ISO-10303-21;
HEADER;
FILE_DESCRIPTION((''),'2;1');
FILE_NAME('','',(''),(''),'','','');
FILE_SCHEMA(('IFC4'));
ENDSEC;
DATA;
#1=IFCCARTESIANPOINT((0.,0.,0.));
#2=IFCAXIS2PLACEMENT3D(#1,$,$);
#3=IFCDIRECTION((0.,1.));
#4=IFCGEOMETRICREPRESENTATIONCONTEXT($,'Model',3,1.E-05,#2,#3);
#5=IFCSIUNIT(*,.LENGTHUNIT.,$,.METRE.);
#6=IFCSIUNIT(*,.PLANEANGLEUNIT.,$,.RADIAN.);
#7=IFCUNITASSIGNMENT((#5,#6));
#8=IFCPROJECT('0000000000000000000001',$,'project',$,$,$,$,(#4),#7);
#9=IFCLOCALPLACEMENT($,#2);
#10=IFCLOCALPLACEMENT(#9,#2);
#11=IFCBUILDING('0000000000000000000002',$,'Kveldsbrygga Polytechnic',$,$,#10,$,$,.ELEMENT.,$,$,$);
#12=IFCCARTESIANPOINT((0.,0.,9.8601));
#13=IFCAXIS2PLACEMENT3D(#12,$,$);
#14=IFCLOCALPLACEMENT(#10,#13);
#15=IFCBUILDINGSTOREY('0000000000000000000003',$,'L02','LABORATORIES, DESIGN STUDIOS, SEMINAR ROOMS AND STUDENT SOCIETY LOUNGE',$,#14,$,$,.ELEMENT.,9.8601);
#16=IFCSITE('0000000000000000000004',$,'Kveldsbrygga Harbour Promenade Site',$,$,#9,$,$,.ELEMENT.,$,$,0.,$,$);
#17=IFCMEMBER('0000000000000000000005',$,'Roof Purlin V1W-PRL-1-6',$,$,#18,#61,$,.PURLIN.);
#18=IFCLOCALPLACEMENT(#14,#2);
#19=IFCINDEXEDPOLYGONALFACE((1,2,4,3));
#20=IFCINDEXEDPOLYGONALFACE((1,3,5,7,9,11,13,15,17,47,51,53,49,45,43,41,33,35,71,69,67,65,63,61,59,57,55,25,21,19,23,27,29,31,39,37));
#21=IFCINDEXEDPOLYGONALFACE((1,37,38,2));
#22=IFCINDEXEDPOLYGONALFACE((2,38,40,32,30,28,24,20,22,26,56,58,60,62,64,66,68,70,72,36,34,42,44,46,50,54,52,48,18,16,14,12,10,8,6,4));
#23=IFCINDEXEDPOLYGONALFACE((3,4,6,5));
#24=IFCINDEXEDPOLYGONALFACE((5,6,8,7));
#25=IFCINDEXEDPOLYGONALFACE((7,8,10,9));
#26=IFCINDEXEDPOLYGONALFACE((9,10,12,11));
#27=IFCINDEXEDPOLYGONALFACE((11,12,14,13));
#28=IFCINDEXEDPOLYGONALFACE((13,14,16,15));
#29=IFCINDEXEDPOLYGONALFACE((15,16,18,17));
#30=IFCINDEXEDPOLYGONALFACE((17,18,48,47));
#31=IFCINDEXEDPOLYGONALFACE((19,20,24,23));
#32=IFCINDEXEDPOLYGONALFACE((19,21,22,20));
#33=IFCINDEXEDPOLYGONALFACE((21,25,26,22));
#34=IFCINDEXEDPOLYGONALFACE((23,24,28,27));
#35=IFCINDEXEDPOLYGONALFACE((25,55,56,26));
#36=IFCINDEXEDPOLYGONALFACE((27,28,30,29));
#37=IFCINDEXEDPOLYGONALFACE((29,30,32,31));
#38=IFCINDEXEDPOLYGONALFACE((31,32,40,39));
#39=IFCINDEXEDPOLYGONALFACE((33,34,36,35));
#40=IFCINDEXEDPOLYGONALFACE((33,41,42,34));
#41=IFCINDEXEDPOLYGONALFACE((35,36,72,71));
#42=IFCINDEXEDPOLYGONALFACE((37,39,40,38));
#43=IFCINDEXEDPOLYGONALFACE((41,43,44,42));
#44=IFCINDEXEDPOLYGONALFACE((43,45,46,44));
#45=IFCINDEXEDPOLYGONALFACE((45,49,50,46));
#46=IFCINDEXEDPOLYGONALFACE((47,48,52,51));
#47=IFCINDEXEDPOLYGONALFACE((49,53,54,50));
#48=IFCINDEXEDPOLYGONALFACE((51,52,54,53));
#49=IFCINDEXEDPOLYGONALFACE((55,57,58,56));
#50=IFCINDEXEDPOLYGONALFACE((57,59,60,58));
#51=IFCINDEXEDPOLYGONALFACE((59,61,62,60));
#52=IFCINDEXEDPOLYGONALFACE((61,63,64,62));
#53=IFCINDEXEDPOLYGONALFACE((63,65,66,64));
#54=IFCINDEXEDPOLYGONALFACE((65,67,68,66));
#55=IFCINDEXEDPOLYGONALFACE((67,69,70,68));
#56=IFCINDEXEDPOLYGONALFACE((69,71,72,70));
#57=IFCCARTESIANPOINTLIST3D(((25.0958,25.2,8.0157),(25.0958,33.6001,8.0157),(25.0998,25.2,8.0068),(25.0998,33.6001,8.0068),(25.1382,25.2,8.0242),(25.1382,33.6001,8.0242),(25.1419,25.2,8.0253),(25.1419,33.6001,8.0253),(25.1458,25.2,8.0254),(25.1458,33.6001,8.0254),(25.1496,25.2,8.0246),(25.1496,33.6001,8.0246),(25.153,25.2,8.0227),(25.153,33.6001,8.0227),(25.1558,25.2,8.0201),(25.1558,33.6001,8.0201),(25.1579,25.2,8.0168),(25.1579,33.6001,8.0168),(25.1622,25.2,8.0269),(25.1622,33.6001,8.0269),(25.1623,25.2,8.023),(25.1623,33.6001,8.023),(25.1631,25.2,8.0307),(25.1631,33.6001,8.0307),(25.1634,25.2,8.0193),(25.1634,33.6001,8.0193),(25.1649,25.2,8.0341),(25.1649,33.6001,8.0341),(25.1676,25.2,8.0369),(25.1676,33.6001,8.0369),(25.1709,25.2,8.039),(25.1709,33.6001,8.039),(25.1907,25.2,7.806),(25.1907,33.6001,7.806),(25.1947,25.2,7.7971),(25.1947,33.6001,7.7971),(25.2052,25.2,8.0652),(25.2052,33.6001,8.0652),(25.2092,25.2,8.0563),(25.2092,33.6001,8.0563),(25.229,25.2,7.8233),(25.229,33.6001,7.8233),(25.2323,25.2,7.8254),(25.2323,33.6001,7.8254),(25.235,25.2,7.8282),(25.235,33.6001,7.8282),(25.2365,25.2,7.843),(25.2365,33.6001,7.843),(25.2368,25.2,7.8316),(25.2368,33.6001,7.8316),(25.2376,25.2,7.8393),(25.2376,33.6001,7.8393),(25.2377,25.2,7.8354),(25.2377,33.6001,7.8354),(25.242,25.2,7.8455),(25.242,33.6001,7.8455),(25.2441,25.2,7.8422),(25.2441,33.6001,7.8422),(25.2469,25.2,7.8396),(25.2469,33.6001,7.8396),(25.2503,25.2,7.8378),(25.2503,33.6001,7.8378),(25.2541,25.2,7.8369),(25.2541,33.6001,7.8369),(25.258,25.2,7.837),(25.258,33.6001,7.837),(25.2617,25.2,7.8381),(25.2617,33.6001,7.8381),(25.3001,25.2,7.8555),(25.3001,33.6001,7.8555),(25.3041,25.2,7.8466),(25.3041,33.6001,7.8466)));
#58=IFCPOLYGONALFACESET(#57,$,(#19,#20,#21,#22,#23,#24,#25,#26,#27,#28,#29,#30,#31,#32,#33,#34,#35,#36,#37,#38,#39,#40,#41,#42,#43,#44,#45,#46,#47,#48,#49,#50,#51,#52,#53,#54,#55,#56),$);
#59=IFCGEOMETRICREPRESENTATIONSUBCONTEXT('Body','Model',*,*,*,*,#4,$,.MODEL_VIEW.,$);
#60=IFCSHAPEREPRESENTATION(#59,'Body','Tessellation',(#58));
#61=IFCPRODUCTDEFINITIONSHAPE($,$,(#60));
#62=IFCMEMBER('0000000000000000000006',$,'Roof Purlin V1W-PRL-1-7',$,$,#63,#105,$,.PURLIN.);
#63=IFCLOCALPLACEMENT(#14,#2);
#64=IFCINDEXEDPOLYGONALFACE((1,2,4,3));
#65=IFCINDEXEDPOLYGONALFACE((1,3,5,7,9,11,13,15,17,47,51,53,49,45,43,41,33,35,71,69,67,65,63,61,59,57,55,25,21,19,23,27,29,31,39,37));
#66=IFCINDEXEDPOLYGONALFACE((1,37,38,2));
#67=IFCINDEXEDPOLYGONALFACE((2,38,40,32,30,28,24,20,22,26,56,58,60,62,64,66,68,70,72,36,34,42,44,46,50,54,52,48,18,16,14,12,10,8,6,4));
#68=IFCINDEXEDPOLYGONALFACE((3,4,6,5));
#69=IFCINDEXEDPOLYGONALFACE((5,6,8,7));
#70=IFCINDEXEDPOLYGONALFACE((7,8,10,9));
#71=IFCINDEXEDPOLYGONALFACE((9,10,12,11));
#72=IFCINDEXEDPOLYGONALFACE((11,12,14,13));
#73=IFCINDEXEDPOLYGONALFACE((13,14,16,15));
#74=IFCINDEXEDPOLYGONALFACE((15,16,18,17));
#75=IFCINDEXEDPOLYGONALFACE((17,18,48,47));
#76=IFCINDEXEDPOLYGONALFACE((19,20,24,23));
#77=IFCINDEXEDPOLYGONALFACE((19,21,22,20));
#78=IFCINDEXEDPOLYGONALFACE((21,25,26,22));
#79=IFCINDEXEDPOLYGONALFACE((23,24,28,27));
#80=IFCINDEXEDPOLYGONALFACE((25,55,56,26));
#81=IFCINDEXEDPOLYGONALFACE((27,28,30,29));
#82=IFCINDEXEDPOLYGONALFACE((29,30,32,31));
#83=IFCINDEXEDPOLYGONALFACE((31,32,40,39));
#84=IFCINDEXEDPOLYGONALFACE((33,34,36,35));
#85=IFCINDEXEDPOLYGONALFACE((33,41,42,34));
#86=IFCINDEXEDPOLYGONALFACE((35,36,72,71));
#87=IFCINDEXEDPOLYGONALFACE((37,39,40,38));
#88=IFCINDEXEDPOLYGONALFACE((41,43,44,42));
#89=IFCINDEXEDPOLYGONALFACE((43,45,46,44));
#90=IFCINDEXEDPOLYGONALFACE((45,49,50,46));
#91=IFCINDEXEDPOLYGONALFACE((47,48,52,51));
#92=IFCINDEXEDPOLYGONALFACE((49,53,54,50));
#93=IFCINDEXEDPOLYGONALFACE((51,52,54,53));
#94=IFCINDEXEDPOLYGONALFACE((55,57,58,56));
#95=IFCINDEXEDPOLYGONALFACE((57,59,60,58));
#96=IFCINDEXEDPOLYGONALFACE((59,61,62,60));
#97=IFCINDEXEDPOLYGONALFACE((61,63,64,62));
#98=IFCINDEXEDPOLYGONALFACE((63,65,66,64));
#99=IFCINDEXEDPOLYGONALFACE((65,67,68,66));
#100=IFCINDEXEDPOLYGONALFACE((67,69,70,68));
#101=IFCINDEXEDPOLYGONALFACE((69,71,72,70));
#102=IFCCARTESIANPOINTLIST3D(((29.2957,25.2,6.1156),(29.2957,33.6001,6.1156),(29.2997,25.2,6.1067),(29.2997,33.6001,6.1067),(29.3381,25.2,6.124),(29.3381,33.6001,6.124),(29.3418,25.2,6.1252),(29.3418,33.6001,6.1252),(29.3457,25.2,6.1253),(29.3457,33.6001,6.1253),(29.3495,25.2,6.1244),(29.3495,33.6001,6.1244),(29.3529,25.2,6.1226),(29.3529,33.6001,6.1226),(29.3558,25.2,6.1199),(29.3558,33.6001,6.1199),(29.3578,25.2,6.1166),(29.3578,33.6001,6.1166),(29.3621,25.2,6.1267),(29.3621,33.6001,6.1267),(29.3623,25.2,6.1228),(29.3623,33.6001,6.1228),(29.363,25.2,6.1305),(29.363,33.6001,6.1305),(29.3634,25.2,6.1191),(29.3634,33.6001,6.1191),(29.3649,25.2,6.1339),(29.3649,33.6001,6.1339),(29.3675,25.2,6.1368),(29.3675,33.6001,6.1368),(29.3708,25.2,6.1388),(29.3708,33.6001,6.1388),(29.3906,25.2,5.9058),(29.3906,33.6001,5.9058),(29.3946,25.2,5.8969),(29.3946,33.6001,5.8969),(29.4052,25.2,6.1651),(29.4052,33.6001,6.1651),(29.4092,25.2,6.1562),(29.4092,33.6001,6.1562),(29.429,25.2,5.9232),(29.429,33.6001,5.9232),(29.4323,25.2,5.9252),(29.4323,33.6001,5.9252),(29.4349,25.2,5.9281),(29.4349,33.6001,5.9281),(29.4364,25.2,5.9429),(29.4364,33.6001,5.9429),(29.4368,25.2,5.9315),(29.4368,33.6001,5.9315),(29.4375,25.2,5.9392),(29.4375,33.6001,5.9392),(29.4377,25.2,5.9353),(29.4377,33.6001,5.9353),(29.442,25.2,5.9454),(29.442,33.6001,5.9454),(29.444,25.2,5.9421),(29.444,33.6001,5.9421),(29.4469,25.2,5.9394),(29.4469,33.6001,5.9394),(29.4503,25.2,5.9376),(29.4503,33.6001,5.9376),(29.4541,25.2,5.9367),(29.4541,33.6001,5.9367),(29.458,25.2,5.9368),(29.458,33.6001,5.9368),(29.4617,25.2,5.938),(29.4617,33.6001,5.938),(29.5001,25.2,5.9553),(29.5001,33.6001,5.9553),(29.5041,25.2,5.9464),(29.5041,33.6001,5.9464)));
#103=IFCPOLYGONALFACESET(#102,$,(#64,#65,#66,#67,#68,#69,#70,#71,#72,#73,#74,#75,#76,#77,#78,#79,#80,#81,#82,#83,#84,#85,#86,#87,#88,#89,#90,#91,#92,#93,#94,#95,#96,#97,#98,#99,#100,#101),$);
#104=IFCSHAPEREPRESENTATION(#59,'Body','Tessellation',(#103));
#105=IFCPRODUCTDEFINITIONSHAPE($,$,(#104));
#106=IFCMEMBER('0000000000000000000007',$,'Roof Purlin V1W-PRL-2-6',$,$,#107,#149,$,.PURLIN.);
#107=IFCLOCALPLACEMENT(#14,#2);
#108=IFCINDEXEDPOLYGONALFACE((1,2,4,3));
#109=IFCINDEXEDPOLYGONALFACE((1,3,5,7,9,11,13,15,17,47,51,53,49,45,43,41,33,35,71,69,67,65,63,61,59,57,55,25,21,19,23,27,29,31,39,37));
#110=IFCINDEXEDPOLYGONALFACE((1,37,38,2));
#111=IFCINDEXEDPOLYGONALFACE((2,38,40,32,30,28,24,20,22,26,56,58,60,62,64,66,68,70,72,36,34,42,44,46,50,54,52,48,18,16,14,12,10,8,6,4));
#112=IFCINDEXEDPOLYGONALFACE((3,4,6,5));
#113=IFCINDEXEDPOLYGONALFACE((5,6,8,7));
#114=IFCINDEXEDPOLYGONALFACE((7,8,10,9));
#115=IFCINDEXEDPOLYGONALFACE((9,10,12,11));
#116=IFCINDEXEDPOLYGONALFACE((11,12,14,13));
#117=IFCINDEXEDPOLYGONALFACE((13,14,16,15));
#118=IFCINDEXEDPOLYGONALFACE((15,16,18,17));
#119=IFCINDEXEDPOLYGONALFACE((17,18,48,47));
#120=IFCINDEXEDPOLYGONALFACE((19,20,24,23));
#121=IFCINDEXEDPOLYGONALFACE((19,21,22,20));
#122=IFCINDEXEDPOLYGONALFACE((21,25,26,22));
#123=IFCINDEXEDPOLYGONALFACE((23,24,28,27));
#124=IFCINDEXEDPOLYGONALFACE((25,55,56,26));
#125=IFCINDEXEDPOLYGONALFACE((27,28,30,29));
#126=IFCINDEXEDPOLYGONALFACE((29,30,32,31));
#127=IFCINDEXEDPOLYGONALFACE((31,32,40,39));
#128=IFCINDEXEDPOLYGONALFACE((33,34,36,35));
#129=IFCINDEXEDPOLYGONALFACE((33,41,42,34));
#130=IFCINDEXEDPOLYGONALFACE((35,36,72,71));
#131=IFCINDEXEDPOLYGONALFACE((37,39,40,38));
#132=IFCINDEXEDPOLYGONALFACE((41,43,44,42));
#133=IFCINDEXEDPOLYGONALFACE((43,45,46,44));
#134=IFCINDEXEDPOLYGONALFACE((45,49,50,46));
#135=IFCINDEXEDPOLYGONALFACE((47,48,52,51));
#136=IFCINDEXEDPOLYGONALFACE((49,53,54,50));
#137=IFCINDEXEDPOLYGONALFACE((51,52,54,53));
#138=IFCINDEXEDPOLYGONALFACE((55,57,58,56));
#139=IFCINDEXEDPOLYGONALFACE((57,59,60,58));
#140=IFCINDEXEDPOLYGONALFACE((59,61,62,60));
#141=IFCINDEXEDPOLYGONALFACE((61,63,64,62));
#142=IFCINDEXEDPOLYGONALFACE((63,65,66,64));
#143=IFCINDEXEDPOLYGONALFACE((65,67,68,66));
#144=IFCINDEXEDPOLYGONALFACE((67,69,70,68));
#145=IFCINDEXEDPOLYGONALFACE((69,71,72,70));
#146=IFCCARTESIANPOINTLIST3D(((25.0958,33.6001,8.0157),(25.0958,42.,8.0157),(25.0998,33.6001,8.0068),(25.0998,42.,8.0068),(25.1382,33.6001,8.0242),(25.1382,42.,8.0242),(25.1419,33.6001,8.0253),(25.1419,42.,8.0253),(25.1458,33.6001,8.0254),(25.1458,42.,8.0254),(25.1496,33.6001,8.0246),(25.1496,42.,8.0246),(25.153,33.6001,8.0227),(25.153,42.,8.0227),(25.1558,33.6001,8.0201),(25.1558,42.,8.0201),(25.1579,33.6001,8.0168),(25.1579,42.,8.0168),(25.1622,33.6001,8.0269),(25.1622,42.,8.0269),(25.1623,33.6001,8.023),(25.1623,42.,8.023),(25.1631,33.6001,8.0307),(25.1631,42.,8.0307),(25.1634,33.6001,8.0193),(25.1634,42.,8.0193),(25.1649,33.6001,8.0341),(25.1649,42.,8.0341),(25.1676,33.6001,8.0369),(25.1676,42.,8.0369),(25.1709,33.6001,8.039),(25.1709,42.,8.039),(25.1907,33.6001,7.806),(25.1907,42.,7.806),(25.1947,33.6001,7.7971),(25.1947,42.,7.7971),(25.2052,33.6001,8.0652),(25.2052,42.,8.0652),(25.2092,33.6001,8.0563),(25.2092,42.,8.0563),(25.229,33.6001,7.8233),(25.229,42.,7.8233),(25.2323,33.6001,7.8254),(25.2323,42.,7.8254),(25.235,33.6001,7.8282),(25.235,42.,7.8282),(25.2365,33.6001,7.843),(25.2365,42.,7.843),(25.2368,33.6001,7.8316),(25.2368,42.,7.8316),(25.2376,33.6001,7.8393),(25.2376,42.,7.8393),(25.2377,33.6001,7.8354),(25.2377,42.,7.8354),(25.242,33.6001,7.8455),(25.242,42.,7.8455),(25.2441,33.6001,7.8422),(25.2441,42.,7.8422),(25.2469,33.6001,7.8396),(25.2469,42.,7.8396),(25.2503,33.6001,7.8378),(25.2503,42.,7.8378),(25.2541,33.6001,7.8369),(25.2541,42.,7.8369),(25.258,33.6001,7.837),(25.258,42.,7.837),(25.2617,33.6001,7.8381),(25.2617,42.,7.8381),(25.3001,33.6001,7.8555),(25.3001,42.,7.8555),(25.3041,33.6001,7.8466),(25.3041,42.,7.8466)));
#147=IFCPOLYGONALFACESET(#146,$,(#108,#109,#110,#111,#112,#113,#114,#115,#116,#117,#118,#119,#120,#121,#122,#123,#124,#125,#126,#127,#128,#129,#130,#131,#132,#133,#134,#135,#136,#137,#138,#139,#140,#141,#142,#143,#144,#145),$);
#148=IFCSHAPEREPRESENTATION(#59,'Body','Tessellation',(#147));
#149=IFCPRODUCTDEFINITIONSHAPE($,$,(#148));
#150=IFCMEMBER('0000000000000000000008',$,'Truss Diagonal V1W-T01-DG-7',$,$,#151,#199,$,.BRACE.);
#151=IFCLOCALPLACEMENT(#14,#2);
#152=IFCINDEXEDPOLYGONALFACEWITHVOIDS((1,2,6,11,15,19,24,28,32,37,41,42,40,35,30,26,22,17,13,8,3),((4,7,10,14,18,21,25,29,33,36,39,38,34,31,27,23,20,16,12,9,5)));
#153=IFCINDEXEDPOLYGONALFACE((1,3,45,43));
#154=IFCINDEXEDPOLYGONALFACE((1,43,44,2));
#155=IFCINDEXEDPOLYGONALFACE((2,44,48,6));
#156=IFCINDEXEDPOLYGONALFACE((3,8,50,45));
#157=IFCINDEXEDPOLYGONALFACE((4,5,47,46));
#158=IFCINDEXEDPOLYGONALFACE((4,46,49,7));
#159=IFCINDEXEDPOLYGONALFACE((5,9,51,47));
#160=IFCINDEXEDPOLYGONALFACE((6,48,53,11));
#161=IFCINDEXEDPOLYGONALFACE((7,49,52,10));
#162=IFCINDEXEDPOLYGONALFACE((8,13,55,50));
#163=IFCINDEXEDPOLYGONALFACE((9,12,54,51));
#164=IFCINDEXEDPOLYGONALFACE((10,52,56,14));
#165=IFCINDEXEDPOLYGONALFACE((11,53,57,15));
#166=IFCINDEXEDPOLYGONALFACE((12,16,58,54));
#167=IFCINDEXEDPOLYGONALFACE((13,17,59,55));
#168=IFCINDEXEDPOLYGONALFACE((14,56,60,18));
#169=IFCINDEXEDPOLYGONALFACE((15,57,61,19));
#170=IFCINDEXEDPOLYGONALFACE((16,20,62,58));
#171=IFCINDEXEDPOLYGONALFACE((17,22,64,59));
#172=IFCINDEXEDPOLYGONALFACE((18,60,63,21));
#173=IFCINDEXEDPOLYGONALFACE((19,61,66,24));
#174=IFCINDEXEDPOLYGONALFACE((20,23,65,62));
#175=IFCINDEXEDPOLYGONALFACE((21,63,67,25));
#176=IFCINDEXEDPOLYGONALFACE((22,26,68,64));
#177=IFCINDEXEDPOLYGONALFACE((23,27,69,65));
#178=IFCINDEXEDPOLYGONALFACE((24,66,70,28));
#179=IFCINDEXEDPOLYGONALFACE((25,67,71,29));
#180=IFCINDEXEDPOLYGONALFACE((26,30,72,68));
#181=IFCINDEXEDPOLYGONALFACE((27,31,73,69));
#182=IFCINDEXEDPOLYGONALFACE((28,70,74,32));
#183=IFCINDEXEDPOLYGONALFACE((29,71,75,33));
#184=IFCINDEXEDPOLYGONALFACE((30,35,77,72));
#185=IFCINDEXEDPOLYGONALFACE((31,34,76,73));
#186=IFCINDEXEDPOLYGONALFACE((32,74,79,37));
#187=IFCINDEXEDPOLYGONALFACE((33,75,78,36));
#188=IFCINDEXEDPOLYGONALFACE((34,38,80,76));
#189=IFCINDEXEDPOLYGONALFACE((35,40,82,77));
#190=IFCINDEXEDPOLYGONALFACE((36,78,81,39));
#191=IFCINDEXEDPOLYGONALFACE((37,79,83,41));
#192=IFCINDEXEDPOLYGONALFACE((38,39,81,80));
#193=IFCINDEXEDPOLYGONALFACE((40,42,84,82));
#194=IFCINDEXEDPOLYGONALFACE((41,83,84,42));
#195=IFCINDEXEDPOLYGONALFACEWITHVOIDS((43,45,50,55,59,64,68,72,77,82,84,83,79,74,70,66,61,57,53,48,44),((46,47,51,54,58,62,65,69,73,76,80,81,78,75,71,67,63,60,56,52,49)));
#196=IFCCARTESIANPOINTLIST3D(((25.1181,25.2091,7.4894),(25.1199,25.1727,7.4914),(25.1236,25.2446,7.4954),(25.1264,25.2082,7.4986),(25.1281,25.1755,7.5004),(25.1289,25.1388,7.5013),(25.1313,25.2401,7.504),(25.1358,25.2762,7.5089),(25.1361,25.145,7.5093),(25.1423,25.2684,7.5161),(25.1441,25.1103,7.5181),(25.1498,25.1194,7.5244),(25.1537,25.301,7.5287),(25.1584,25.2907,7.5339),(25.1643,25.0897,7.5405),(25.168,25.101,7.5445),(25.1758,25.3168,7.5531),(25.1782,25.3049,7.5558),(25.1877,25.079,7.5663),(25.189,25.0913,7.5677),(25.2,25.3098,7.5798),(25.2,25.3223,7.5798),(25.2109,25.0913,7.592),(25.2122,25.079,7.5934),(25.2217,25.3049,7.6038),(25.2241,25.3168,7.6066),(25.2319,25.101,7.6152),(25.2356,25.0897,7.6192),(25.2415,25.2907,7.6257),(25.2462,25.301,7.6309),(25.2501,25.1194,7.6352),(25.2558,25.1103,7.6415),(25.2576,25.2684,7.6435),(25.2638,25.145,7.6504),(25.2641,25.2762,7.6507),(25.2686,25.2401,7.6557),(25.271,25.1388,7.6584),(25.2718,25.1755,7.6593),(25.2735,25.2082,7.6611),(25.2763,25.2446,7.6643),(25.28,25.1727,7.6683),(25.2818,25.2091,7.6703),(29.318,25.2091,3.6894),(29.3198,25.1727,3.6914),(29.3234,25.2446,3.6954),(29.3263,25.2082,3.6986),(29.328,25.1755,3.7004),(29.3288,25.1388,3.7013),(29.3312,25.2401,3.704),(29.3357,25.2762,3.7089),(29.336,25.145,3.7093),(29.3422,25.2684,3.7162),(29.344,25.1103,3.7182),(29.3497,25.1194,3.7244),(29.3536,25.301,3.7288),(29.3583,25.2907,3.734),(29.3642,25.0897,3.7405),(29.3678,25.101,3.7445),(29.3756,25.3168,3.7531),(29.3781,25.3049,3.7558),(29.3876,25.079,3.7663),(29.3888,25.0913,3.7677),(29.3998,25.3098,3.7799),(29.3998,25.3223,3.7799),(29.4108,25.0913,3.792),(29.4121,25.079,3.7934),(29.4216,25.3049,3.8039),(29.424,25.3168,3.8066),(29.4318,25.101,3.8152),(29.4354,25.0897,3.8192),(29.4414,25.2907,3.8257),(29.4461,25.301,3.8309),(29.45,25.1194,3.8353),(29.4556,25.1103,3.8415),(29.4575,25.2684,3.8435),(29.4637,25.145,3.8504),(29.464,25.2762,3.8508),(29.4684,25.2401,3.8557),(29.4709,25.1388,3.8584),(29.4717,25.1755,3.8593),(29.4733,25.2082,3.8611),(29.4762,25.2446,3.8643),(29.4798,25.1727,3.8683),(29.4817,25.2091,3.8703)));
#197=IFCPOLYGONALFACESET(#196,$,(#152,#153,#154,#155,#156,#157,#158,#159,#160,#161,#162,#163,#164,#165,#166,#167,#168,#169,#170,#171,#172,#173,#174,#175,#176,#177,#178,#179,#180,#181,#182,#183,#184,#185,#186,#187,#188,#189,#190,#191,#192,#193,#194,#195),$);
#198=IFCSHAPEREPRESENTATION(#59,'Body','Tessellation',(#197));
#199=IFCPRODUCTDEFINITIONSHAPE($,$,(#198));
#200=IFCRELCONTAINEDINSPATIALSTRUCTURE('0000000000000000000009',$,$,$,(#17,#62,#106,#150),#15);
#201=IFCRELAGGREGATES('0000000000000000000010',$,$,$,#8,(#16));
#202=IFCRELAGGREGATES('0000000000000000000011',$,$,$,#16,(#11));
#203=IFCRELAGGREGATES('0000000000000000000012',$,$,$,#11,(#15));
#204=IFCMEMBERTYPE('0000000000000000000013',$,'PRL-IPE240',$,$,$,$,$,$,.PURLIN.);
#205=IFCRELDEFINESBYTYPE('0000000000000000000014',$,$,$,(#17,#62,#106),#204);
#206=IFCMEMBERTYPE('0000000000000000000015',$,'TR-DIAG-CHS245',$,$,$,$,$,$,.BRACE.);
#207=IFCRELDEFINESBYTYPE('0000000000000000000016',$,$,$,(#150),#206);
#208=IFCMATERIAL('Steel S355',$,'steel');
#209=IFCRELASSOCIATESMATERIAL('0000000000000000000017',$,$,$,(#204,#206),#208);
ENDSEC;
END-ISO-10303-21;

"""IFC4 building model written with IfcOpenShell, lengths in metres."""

from ifc_helpers import new_model, si_unit, direction, frame, origin, origin_2d, place, context, subcontext, project, spatial, hollow_circle, i_section, extrude, material, material_profile, profile_set, type_object, element, save


model = new_model("IFC4")

# Units and contexts
model_context = context("Model", 3, precision=1e-05, world=origin(), true_north=direction((0.0, 1.0)))
body_context = subcontext(model_context, "Body", "Model", "MODEL_VIEW")
ifc_project = project(units=[si_unit("LENGTHUNIT", "METRE"), si_unit("PLANEANGLEUNIT", "RADIAN")], contexts=[model_context])

# Site, building, storey
site_placement = place(None, origin())
site = spatial("IfcSite", under=ifc_project, at=site_placement, Name="Kveldsbrygga Harbour Promenade Site", CompositionType="ELEMENT", RefElevation=0.0)
building_placement = place(site_placement, origin())
building = spatial("IfcBuilding", under=site, at=building_placement, Name="Kveldsbrygga Polytechnic", CompositionType="ELEMENT")
storey_placement = place(building_placement, frame((0.0, 0.0, 9.8601)))
storey = spatial("IfcBuildingStorey", under=building, at=storey_placement, Name="L02", Description="LABORATORIES, DESIGN STUDIOS, SEMINAR ROOMS AND STUDENT SOCIETY LOUNGE", CompositionType="ELEMENT", Elevation=9.8601)

# Members
ifc_material_1 = material(Name="Steel S355", Category="steel")
ifc_material_profile_1 = material_profile(ifc_material_1, i_section(OverallWidth=0.1201, OverallDepth=0.24, WebThickness=0.0061, FlangeThickness=0.0098, FilletRadius=0.0149, at=origin_2d()), Name="IPE 240")
ifc_profile_set_1 = profile_set([ifc_material_profile_1], Name="Steel S355")
member_type_1 = type_object("IfcMemberType", Name="PRL-IPE240", PredefinedType="PURLIN", material=ifc_profile_set_1)
for number, where, z_axis, x_axis, name in (
    (1, (25.2, 25.2, 7.9312), (0.0, 1.0, 0.0), (-0.911108, 0.0, -0.412168), "Roof Purlin V1W-PRL-1-6"),
    (2, (29.3999, 25.2, 6.031), (0.0, 1.0, 0.0), (-0.911108, 0.0, -0.412168), "Roof Purlin V1W-PRL-1-7"),
):
    element("IfcMember", number, at=place(storey_placement, frame(where, z_axis=z_axis, x_axis=x_axis)), inside=storey, type_object=member_type_1, Name=name, PredefinedType="PURLIN", context=body_context, shape_type="SweptSolid", body=[
        extrude(i_section(OverallWidth=0.1201, OverallDepth=0.24, WebThickness=0.0061, FlangeThickness=0.0098, FilletRadius=0.0149, at=origin_2d()), origin(), (0.0, 0.0, 1.0), 8.4001),
    ])
member_1_placement = place(storey_placement, frame((25.2, 33.6001, 7.9312), z_axis=(0.0, 1.0, 0.0), x_axis=(-0.911108, 0.0, -0.412168)))
element("IfcMember", 3, at=member_1_placement, inside=storey, type_object=member_type_1, Name="Roof Purlin V1W-PRL-2-6", PredefinedType="PURLIN", context=body_context, shape_type="SweptSolid", body=[
    extrude(i_section(OverallWidth=0.1201, OverallDepth=0.24, WebThickness=0.0061, FlangeThickness=0.0098, FilletRadius=0.0149, at=origin_2d()), origin(), (0.0, 0.0, 1.0), 8.3999),
])
ifc_material_profile_2 = material_profile(ifc_material_1, hollow_circle(Radius=0.1223, WallThickness=0.0125, at=origin_2d()), Name="CHS 244.5x12.5")
ifc_profile_set_2 = profile_set([ifc_material_profile_2], Name="Steel S355")
member_type_2 = type_object("IfcMemberType", Name="TR-DIAG-CHS245", PredefinedType="BRACE", material=ifc_profile_set_2)
for number, where, z_axis, x_axis, name in (
    (4, (25.2, 25.2, 7.5798), (0.741528, 0.0, -0.670922), (0.0, 1.0, 0.0), "Truss Diagonal V1W-T01-DG-7"),
):
    element("IfcMember", number, at=place(storey_placement, frame(where, z_axis=z_axis, x_axis=x_axis)), inside=storey, type_object=member_type_2, Name=name, PredefinedType="BRACE", context=body_context, shape_type="SweptSolid", body=[
        extrude(hollow_circle(Radius=0.1223, WallThickness=0.0125, at=origin_2d()), origin(), (0.0, 0.0, 1.0), 5.6638),
    ])

save(model, "model.ifc")
